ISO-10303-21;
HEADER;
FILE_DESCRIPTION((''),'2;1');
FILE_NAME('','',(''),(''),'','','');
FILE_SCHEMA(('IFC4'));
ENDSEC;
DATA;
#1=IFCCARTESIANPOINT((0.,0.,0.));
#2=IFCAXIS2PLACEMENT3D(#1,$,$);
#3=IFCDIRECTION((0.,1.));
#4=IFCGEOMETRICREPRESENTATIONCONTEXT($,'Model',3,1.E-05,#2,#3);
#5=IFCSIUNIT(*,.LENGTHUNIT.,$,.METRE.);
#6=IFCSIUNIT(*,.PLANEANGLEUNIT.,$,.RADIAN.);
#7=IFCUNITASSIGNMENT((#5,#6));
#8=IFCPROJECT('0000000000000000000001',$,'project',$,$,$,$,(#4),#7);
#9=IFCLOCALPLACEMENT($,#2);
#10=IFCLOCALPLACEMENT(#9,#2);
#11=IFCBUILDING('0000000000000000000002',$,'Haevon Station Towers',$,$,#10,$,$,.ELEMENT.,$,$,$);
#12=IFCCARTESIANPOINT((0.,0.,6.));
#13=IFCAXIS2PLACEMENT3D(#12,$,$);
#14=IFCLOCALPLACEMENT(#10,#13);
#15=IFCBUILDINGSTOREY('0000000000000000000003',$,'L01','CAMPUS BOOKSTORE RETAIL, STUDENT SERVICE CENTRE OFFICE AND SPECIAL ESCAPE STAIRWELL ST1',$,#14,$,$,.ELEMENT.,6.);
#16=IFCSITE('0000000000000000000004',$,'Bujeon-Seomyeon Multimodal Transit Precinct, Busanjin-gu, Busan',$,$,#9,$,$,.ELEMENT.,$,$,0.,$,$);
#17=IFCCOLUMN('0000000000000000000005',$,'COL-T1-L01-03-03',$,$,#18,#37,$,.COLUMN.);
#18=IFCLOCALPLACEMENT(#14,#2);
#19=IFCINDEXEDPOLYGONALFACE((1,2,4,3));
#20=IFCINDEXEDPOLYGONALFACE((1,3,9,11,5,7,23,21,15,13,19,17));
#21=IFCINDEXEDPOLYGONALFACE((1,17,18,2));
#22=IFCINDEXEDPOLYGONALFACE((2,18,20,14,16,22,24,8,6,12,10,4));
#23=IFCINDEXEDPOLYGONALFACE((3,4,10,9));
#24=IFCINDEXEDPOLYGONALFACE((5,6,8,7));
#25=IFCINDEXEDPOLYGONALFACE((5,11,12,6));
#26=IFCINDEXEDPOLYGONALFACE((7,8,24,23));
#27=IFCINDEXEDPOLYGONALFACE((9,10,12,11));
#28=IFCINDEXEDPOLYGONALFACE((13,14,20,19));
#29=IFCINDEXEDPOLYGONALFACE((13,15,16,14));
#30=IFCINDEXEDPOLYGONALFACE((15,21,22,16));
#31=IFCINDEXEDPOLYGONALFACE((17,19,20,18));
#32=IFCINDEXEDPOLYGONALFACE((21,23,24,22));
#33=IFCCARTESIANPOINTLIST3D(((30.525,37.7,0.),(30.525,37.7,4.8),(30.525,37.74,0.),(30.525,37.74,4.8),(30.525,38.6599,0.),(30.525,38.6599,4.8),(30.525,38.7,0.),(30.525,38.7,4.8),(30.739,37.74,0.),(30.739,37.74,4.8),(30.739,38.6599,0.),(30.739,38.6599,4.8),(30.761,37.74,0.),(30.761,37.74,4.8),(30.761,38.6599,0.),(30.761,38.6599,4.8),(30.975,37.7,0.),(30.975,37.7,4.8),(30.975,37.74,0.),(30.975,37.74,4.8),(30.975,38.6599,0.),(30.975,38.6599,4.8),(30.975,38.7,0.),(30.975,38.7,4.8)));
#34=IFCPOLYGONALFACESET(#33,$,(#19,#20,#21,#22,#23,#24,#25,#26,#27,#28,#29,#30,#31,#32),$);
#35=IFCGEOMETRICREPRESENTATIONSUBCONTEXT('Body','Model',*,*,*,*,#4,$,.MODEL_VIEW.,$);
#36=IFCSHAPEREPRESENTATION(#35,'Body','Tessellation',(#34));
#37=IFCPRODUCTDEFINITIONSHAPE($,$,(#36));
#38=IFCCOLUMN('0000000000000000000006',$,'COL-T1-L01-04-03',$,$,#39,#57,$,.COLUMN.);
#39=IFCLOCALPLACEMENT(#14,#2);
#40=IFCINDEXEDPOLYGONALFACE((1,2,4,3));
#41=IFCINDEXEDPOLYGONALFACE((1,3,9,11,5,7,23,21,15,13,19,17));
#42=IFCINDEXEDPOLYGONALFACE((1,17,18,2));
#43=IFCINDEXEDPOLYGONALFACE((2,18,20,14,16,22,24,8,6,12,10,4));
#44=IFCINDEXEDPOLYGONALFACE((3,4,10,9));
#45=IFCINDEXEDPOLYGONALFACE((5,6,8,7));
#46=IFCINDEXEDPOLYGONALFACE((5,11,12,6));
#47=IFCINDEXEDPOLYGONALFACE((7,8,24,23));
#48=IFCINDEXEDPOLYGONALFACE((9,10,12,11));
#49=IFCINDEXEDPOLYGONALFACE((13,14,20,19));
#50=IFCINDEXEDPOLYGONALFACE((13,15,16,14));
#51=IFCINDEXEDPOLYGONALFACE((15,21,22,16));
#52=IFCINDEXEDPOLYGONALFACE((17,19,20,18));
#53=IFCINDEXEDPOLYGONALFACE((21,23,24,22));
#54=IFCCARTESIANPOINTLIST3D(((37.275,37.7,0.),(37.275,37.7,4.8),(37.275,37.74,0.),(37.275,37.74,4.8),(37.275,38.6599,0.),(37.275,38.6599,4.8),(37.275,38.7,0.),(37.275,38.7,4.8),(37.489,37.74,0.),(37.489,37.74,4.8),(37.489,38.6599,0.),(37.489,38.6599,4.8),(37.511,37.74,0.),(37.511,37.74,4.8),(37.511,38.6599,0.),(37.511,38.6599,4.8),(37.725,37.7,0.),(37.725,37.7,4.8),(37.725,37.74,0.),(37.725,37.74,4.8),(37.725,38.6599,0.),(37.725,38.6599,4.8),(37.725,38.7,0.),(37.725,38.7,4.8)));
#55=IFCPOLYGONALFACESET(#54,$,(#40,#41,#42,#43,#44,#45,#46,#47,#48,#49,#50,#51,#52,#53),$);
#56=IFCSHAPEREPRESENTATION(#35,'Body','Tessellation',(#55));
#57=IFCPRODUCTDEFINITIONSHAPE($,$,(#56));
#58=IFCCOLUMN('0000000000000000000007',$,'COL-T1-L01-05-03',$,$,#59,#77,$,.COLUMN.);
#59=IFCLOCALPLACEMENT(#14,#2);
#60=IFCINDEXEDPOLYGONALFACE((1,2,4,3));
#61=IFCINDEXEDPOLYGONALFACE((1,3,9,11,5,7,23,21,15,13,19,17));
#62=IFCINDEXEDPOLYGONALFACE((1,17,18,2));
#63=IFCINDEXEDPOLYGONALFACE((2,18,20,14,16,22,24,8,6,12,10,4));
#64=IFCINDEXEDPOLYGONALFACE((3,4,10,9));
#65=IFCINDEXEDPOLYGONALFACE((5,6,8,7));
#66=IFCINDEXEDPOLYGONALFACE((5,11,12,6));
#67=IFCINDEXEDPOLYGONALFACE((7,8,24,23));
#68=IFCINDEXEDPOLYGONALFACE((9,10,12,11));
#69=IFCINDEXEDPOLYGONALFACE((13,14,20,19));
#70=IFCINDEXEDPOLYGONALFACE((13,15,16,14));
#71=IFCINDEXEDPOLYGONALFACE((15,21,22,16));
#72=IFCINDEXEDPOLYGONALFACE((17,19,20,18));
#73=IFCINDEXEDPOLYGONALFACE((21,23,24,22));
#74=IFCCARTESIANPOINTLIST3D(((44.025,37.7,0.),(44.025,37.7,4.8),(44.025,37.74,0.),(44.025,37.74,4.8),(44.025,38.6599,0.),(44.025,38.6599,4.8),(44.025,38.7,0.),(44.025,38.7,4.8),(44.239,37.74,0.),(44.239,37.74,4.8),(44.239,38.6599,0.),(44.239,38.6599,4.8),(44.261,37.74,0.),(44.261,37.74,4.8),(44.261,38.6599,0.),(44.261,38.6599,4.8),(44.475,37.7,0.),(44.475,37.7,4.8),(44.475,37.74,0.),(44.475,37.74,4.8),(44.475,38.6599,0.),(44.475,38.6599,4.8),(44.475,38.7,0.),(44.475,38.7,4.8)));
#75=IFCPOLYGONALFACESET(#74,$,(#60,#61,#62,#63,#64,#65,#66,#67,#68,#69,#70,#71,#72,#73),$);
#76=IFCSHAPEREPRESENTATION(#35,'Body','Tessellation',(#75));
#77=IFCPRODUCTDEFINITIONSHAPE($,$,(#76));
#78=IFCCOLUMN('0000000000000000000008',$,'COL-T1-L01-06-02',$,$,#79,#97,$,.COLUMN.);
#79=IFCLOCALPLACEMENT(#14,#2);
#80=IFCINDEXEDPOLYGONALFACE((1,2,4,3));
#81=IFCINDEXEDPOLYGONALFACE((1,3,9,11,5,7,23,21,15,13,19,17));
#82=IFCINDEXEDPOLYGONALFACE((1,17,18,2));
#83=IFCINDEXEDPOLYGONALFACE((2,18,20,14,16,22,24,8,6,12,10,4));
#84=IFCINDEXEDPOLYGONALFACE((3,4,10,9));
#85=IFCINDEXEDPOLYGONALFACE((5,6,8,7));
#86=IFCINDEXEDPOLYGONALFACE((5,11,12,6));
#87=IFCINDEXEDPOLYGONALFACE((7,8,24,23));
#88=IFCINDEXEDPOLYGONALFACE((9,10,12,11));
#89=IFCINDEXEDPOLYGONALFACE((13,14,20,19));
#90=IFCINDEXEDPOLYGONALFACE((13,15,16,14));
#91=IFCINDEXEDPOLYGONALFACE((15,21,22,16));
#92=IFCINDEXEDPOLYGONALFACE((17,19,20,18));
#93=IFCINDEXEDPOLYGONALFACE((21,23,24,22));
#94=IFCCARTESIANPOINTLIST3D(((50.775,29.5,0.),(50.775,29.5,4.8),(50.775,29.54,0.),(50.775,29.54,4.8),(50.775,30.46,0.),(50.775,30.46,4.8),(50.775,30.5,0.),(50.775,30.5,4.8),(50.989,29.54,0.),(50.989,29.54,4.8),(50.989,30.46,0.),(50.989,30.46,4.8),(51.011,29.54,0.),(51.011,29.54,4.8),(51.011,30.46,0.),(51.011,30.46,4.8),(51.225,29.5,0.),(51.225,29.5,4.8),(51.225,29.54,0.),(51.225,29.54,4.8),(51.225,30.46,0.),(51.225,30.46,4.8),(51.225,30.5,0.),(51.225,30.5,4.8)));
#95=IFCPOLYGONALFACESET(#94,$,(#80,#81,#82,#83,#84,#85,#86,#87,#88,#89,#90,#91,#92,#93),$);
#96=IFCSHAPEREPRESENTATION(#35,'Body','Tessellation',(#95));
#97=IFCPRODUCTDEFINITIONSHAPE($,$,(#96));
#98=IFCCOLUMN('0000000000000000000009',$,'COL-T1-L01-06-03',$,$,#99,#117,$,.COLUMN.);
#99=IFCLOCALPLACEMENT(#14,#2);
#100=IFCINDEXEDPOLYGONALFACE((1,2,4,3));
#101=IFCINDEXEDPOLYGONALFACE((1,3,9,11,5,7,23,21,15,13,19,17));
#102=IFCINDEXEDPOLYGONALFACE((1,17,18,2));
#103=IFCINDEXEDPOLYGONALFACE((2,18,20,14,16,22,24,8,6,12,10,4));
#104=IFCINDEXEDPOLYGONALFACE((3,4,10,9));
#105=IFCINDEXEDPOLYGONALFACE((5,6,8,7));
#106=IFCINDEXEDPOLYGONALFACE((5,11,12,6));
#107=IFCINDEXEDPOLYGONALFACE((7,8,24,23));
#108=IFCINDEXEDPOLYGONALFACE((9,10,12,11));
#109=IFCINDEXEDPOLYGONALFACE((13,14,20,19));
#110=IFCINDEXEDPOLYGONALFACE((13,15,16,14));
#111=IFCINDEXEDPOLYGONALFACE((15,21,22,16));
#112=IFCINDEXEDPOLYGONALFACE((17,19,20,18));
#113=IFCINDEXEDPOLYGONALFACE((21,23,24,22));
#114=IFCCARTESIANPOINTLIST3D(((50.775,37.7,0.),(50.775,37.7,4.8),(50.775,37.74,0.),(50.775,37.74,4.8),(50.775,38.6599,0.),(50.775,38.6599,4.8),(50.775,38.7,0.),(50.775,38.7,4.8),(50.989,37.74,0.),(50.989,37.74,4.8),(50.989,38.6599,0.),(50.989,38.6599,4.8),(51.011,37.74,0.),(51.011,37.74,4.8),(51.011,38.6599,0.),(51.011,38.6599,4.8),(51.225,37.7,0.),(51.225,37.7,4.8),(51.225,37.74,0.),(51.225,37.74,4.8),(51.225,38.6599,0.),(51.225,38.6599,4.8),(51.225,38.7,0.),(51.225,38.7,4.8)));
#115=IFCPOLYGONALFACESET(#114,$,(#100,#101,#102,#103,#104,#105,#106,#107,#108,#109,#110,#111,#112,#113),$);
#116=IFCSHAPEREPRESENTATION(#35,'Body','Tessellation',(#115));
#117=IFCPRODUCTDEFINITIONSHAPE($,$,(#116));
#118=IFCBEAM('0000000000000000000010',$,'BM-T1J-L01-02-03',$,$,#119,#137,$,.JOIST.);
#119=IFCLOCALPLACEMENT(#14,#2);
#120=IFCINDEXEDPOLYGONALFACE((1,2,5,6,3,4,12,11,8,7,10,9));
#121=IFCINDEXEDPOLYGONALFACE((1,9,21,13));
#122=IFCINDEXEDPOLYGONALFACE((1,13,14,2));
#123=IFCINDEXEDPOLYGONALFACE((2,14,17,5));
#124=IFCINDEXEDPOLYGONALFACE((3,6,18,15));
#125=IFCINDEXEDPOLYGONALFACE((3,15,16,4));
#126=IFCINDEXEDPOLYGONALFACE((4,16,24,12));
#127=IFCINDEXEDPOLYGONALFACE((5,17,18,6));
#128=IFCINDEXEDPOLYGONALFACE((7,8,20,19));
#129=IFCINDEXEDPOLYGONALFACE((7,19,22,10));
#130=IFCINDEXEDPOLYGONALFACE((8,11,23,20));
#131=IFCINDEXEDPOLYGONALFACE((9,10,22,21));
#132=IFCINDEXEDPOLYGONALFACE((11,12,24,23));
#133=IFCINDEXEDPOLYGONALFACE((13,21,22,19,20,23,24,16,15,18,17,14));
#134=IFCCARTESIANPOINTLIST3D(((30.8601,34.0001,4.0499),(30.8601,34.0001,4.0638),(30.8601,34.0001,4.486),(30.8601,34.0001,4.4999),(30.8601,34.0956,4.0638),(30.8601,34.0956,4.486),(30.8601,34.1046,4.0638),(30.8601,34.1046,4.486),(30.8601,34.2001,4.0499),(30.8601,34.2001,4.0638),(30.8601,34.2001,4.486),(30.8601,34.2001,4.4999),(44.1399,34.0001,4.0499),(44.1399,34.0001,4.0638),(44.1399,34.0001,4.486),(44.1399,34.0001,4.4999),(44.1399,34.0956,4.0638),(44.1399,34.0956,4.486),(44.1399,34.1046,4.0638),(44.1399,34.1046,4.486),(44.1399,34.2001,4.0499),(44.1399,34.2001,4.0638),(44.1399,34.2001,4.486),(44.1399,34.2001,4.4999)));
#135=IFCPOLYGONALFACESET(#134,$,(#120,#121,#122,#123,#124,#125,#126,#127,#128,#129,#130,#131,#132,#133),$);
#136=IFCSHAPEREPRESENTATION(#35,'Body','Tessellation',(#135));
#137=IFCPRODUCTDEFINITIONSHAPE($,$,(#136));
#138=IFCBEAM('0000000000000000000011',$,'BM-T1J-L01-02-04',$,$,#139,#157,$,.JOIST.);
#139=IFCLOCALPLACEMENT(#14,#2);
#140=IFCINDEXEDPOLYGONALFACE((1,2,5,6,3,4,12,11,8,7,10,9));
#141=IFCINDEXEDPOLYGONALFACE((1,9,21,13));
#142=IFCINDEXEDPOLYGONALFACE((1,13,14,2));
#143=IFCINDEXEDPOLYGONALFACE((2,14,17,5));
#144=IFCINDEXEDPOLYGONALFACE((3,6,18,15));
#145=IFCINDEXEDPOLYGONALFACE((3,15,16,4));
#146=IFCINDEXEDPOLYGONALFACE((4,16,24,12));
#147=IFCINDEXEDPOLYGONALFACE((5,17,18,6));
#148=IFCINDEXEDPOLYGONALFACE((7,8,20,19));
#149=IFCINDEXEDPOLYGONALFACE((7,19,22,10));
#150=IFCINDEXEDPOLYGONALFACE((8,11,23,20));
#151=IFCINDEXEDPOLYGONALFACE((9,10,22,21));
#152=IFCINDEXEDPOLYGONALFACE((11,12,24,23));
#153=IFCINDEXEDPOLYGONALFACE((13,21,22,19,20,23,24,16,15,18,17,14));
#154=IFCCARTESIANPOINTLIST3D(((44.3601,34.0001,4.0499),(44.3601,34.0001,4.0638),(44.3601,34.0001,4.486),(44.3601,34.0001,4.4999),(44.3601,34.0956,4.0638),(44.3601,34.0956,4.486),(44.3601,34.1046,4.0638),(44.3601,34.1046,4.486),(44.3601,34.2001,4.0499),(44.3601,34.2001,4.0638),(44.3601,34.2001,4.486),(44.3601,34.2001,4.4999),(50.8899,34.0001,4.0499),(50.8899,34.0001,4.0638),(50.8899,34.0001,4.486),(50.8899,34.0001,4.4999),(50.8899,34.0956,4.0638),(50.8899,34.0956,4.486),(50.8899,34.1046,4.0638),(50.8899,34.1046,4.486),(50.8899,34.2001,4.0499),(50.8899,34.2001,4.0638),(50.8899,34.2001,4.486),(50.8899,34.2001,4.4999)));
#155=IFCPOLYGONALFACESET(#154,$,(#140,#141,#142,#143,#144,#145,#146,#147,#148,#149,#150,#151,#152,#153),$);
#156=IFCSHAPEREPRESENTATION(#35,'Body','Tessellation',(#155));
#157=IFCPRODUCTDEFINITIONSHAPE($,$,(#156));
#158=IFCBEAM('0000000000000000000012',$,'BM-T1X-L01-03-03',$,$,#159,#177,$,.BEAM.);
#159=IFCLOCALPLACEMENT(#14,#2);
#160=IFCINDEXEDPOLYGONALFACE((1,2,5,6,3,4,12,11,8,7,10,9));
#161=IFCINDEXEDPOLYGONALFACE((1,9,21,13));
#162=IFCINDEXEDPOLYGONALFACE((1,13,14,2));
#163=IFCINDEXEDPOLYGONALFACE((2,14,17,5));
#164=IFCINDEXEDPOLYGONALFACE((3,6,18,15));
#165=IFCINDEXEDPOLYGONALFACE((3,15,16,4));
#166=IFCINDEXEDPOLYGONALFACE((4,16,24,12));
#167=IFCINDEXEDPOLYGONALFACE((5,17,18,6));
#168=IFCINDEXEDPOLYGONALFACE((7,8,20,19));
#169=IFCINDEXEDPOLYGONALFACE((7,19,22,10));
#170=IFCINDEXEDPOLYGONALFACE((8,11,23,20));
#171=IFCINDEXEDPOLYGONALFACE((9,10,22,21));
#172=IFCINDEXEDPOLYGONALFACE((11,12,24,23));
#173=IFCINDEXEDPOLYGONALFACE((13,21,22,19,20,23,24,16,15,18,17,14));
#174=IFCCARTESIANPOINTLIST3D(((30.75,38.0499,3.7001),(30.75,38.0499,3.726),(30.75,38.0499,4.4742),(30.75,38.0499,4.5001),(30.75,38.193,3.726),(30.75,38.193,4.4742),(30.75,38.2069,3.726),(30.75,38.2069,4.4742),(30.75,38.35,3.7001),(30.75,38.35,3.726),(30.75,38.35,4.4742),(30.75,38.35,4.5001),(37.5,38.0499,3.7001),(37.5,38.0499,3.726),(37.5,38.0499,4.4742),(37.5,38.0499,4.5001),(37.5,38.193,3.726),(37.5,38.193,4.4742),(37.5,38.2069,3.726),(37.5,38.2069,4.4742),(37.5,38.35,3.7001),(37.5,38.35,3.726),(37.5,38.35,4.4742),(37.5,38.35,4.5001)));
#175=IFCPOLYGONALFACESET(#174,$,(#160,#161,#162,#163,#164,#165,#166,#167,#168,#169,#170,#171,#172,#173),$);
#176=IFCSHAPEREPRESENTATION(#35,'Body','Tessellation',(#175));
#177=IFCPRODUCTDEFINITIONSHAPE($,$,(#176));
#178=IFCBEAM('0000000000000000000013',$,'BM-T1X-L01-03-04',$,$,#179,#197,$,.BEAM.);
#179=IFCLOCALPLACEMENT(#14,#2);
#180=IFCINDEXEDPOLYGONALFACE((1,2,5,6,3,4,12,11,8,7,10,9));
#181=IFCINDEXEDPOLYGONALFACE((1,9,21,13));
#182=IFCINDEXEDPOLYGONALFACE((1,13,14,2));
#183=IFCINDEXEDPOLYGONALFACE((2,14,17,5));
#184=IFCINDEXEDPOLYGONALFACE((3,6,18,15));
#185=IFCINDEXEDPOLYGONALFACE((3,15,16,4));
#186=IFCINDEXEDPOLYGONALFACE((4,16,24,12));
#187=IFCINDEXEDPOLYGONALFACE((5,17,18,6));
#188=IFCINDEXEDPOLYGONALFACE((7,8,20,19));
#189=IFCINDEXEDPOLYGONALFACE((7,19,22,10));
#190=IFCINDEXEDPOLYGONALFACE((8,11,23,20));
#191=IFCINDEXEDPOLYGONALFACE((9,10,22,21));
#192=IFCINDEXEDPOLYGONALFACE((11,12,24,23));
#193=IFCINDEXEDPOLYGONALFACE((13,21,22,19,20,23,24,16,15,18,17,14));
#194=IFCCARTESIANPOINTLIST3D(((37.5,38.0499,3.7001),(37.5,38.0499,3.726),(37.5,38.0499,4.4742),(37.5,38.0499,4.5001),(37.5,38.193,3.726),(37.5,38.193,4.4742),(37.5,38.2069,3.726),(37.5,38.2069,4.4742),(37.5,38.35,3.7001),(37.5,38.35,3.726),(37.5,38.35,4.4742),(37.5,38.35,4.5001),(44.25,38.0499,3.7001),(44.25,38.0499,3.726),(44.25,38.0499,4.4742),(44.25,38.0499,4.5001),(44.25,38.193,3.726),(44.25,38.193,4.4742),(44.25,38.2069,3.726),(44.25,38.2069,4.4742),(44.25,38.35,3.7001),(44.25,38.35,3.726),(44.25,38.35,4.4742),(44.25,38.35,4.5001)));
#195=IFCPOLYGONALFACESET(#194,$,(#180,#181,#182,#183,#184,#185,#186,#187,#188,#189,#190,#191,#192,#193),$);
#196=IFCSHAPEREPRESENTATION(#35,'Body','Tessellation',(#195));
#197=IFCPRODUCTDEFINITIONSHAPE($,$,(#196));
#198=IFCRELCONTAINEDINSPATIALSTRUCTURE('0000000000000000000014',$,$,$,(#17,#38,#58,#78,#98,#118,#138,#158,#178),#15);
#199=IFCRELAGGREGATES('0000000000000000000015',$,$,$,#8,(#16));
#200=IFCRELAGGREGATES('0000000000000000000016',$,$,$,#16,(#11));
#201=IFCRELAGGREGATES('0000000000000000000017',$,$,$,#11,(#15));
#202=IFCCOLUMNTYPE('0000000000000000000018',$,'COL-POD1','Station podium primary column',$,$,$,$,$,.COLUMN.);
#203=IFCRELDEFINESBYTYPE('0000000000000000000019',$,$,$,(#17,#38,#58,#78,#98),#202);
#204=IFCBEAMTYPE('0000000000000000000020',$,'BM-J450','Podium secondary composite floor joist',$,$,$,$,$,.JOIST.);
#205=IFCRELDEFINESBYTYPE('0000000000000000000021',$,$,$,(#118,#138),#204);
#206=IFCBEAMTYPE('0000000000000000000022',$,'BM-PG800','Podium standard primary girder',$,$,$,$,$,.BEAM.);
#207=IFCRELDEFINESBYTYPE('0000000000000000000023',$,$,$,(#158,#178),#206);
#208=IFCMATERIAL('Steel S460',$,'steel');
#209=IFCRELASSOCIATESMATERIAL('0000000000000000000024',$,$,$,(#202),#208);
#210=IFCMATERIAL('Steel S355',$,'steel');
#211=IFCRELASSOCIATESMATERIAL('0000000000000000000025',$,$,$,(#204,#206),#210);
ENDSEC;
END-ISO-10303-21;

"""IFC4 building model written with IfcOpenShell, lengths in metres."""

from ifc_helpers import new_model, si_unit, direction, frame, origin, origin_2d, place, context, subcontext, project, spatial, i_section, extrude, material, material_profile, profile_set, type_object, element, save


model = new_model("IFC4")

# Units and contexts
model_context = context("Model", 3, precision=1e-05, world=origin(), true_north=direction((0.0, 1.0)))
body_context = subcontext(model_context, "Body", "Model", "MODEL_VIEW")
ifc_project = project(units=[si_unit("LENGTHUNIT", "METRE"), si_unit("PLANEANGLEUNIT", "RADIAN")], contexts=[model_context])

# Site, building, storey
site_placement = place(None, origin())
site = spatial("IfcSite", under=ifc_project, at=site_placement, Name="Bujeon-Seomyeon Multimodal Transit Precinct, Busanjin-gu, Busan", CompositionType="ELEMENT", RefElevation=0.0)
building_placement = place(site_placement, origin())
building = spatial("IfcBuilding", under=site, at=building_placement, Name="Haevon Station Towers", CompositionType="ELEMENT")
storey_placement = place(building_placement, frame((0.0, 0.0, 6.0)))
storey = spatial("IfcBuildingStorey", under=building, at=storey_placement, Name="L01", Description="CAMPUS BOOKSTORE RETAIL, STUDENT SERVICE CENTRE OFFICE AND SPECIAL ESCAPE STAIRWELL ST1", CompositionType="ELEMENT", Elevation=6.0)

# Columns
ifc_material_1 = material(Name="Steel S460", Category="steel")
ifc_material_profile_1 = material_profile(ifc_material_1, i_section(OverallWidth=0.45, OverallDepth=1.0, WebThickness=0.022, FlangeThickness=0.04, at=origin_2d()), Name="H-1000x450x22x40")
ifc_profile_set_1 = profile_set([ifc_material_profile_1], Name="Steel S460")
column_type = type_object("IfcColumnType", Name="COL-POD1", Description="Station podium primary column", PredefinedType="COLUMN", material=ifc_profile_set_1)
for number, where, z_axis, x_axis, name in (
    (1, (30.75, 38.2, 0.0), (0.0, 0.0, 1.0), (1.0, 0.0, 0.0), "COL-T1-L01-03-03"),
    (2, (37.5, 38.2, 0.0), (0.0, 0.0, 1.0), (1.0, 0.0, 0.0), "COL-T1-L01-04-03"),
    (3, (44.25, 38.2, 0.0), (0.0, 0.0, 1.0), (1.0, 0.0, 0.0), "COL-T1-L01-05-03"),
    (4, (51.0, 30.0, 0.0), (0.0, 0.0, 1.0), (1.0, 0.0, 0.0), "COL-T1-L01-06-02"),
    (5, (51.0, 38.2, 0.0), (0.0, 0.0, 1.0), (1.0, 0.0, 0.0), "COL-T1-L01-06-03"),
):
    element("IfcColumn", number, at=place(storey_placement, frame(where, z_axis=z_axis, x_axis=x_axis)), inside=storey, type_object=column_type, Name=name, PredefinedType="COLUMN", context=body_context, shape_type="SweptSolid", body=[
        extrude(i_section(OverallWidth=0.45, OverallDepth=1.0, WebThickness=0.022, FlangeThickness=0.04, at=origin_2d()), origin(), (0.0, 0.0, 1.0), 4.8),
    ])

# Beams
ifc_material_2 = material(Name="Steel S355", Category="steel")
ifc_material_profile_2 = material_profile(ifc_material_2, i_section(OverallWidth=0.2, OverallDepth=0.45, WebThickness=0.009, FlangeThickness=0.0139, at=origin_2d()), Name="H-450x200x9x14")
ifc_profile_set_2 = profile_set([ifc_material_profile_2], Name="Steel S355")
beam_type_1 = type_object("IfcBeamType", Name="BM-J450", Description="Podium secondary composite floor joist", PredefinedType="JOIST", material=ifc_profile_set_2)
beam_1_placement = place(storey_placement, frame((30.8601, 34.1001, 4.2749), z_axis=(1.0, 0.0, 0.0), x_axis=(0.0, 1.0, 0.0)))
element("IfcBeam", 6, at=beam_1_placement, inside=storey, type_object=beam_type_1, Name="BM-T1J-L01-02-03", PredefinedType="JOIST", context=body_context, shape_type="SweptSolid", body=[
    extrude(i_section(OverallWidth=0.2, OverallDepth=0.45, WebThickness=0.009, FlangeThickness=0.0139, at=origin_2d()), origin(), (0.0, 0.0, 1.0), 13.2798),
])
beam_2_placement = place(storey_placement, frame((44.3601, 34.1001, 4.2749), z_axis=(1.0, 0.0, 0.0), x_axis=(0.0, 1.0, 0.0)))
element("IfcBeam", 7, at=beam_2_placement, inside=storey, type_object=beam_type_1, Name="BM-T1J-L01-02-04", PredefinedType="JOIST", context=body_context, shape_type="SweptSolid", body=[
    extrude(i_section(OverallWidth=0.2, OverallDepth=0.45, WebThickness=0.009, FlangeThickness=0.0139, at=origin_2d()), origin(), (0.0, 0.0, 1.0), 6.5298),
])
ifc_material_profile_3 = material_profile(ifc_material_2, i_section(OverallWidth=0.3, OverallDepth=0.8, WebThickness=0.0139, FlangeThickness=0.0259, at=origin_2d()), Name="H-800x300x14x26")
ifc_profile_set_3 = profile_set([ifc_material_profile_3], Name="Steel S355")
beam_type_2 = type_object("IfcBeamType", Name="BM-PG800", Description="Podium standard primary girder", PredefinedType="BEAM", material=ifc_profile_set_3)
for number, where, z_axis, x_axis, name in (
    (8, (30.75, 38.2, 4.1001), (1.0, 0.0, 0.0), (0.0, 1.0, 0.0), "BM-T1X-L01-03-03"),
    (9, (37.5, 38.2, 4.1001), (1.0, 0.0, 0.0), (0.0, 1.0, 0.0), "BM-T1X-L01-03-04"),
):
    element("IfcBeam", number, at=place(storey_placement, frame(where, z_axis=z_axis, x_axis=x_axis)), inside=storey, type_object=beam_type_2, Name=name, PredefinedType="BEAM", context=body_context, shape_type="SweptSolid", body=[
        extrude(i_section(OverallWidth=0.3, OverallDepth=0.8, WebThickness=0.0139, FlangeThickness=0.0259, at=origin_2d()), origin(), (0.0, 0.0, 1.0), 6.75),
    ])

save(model, "model.ifc")
